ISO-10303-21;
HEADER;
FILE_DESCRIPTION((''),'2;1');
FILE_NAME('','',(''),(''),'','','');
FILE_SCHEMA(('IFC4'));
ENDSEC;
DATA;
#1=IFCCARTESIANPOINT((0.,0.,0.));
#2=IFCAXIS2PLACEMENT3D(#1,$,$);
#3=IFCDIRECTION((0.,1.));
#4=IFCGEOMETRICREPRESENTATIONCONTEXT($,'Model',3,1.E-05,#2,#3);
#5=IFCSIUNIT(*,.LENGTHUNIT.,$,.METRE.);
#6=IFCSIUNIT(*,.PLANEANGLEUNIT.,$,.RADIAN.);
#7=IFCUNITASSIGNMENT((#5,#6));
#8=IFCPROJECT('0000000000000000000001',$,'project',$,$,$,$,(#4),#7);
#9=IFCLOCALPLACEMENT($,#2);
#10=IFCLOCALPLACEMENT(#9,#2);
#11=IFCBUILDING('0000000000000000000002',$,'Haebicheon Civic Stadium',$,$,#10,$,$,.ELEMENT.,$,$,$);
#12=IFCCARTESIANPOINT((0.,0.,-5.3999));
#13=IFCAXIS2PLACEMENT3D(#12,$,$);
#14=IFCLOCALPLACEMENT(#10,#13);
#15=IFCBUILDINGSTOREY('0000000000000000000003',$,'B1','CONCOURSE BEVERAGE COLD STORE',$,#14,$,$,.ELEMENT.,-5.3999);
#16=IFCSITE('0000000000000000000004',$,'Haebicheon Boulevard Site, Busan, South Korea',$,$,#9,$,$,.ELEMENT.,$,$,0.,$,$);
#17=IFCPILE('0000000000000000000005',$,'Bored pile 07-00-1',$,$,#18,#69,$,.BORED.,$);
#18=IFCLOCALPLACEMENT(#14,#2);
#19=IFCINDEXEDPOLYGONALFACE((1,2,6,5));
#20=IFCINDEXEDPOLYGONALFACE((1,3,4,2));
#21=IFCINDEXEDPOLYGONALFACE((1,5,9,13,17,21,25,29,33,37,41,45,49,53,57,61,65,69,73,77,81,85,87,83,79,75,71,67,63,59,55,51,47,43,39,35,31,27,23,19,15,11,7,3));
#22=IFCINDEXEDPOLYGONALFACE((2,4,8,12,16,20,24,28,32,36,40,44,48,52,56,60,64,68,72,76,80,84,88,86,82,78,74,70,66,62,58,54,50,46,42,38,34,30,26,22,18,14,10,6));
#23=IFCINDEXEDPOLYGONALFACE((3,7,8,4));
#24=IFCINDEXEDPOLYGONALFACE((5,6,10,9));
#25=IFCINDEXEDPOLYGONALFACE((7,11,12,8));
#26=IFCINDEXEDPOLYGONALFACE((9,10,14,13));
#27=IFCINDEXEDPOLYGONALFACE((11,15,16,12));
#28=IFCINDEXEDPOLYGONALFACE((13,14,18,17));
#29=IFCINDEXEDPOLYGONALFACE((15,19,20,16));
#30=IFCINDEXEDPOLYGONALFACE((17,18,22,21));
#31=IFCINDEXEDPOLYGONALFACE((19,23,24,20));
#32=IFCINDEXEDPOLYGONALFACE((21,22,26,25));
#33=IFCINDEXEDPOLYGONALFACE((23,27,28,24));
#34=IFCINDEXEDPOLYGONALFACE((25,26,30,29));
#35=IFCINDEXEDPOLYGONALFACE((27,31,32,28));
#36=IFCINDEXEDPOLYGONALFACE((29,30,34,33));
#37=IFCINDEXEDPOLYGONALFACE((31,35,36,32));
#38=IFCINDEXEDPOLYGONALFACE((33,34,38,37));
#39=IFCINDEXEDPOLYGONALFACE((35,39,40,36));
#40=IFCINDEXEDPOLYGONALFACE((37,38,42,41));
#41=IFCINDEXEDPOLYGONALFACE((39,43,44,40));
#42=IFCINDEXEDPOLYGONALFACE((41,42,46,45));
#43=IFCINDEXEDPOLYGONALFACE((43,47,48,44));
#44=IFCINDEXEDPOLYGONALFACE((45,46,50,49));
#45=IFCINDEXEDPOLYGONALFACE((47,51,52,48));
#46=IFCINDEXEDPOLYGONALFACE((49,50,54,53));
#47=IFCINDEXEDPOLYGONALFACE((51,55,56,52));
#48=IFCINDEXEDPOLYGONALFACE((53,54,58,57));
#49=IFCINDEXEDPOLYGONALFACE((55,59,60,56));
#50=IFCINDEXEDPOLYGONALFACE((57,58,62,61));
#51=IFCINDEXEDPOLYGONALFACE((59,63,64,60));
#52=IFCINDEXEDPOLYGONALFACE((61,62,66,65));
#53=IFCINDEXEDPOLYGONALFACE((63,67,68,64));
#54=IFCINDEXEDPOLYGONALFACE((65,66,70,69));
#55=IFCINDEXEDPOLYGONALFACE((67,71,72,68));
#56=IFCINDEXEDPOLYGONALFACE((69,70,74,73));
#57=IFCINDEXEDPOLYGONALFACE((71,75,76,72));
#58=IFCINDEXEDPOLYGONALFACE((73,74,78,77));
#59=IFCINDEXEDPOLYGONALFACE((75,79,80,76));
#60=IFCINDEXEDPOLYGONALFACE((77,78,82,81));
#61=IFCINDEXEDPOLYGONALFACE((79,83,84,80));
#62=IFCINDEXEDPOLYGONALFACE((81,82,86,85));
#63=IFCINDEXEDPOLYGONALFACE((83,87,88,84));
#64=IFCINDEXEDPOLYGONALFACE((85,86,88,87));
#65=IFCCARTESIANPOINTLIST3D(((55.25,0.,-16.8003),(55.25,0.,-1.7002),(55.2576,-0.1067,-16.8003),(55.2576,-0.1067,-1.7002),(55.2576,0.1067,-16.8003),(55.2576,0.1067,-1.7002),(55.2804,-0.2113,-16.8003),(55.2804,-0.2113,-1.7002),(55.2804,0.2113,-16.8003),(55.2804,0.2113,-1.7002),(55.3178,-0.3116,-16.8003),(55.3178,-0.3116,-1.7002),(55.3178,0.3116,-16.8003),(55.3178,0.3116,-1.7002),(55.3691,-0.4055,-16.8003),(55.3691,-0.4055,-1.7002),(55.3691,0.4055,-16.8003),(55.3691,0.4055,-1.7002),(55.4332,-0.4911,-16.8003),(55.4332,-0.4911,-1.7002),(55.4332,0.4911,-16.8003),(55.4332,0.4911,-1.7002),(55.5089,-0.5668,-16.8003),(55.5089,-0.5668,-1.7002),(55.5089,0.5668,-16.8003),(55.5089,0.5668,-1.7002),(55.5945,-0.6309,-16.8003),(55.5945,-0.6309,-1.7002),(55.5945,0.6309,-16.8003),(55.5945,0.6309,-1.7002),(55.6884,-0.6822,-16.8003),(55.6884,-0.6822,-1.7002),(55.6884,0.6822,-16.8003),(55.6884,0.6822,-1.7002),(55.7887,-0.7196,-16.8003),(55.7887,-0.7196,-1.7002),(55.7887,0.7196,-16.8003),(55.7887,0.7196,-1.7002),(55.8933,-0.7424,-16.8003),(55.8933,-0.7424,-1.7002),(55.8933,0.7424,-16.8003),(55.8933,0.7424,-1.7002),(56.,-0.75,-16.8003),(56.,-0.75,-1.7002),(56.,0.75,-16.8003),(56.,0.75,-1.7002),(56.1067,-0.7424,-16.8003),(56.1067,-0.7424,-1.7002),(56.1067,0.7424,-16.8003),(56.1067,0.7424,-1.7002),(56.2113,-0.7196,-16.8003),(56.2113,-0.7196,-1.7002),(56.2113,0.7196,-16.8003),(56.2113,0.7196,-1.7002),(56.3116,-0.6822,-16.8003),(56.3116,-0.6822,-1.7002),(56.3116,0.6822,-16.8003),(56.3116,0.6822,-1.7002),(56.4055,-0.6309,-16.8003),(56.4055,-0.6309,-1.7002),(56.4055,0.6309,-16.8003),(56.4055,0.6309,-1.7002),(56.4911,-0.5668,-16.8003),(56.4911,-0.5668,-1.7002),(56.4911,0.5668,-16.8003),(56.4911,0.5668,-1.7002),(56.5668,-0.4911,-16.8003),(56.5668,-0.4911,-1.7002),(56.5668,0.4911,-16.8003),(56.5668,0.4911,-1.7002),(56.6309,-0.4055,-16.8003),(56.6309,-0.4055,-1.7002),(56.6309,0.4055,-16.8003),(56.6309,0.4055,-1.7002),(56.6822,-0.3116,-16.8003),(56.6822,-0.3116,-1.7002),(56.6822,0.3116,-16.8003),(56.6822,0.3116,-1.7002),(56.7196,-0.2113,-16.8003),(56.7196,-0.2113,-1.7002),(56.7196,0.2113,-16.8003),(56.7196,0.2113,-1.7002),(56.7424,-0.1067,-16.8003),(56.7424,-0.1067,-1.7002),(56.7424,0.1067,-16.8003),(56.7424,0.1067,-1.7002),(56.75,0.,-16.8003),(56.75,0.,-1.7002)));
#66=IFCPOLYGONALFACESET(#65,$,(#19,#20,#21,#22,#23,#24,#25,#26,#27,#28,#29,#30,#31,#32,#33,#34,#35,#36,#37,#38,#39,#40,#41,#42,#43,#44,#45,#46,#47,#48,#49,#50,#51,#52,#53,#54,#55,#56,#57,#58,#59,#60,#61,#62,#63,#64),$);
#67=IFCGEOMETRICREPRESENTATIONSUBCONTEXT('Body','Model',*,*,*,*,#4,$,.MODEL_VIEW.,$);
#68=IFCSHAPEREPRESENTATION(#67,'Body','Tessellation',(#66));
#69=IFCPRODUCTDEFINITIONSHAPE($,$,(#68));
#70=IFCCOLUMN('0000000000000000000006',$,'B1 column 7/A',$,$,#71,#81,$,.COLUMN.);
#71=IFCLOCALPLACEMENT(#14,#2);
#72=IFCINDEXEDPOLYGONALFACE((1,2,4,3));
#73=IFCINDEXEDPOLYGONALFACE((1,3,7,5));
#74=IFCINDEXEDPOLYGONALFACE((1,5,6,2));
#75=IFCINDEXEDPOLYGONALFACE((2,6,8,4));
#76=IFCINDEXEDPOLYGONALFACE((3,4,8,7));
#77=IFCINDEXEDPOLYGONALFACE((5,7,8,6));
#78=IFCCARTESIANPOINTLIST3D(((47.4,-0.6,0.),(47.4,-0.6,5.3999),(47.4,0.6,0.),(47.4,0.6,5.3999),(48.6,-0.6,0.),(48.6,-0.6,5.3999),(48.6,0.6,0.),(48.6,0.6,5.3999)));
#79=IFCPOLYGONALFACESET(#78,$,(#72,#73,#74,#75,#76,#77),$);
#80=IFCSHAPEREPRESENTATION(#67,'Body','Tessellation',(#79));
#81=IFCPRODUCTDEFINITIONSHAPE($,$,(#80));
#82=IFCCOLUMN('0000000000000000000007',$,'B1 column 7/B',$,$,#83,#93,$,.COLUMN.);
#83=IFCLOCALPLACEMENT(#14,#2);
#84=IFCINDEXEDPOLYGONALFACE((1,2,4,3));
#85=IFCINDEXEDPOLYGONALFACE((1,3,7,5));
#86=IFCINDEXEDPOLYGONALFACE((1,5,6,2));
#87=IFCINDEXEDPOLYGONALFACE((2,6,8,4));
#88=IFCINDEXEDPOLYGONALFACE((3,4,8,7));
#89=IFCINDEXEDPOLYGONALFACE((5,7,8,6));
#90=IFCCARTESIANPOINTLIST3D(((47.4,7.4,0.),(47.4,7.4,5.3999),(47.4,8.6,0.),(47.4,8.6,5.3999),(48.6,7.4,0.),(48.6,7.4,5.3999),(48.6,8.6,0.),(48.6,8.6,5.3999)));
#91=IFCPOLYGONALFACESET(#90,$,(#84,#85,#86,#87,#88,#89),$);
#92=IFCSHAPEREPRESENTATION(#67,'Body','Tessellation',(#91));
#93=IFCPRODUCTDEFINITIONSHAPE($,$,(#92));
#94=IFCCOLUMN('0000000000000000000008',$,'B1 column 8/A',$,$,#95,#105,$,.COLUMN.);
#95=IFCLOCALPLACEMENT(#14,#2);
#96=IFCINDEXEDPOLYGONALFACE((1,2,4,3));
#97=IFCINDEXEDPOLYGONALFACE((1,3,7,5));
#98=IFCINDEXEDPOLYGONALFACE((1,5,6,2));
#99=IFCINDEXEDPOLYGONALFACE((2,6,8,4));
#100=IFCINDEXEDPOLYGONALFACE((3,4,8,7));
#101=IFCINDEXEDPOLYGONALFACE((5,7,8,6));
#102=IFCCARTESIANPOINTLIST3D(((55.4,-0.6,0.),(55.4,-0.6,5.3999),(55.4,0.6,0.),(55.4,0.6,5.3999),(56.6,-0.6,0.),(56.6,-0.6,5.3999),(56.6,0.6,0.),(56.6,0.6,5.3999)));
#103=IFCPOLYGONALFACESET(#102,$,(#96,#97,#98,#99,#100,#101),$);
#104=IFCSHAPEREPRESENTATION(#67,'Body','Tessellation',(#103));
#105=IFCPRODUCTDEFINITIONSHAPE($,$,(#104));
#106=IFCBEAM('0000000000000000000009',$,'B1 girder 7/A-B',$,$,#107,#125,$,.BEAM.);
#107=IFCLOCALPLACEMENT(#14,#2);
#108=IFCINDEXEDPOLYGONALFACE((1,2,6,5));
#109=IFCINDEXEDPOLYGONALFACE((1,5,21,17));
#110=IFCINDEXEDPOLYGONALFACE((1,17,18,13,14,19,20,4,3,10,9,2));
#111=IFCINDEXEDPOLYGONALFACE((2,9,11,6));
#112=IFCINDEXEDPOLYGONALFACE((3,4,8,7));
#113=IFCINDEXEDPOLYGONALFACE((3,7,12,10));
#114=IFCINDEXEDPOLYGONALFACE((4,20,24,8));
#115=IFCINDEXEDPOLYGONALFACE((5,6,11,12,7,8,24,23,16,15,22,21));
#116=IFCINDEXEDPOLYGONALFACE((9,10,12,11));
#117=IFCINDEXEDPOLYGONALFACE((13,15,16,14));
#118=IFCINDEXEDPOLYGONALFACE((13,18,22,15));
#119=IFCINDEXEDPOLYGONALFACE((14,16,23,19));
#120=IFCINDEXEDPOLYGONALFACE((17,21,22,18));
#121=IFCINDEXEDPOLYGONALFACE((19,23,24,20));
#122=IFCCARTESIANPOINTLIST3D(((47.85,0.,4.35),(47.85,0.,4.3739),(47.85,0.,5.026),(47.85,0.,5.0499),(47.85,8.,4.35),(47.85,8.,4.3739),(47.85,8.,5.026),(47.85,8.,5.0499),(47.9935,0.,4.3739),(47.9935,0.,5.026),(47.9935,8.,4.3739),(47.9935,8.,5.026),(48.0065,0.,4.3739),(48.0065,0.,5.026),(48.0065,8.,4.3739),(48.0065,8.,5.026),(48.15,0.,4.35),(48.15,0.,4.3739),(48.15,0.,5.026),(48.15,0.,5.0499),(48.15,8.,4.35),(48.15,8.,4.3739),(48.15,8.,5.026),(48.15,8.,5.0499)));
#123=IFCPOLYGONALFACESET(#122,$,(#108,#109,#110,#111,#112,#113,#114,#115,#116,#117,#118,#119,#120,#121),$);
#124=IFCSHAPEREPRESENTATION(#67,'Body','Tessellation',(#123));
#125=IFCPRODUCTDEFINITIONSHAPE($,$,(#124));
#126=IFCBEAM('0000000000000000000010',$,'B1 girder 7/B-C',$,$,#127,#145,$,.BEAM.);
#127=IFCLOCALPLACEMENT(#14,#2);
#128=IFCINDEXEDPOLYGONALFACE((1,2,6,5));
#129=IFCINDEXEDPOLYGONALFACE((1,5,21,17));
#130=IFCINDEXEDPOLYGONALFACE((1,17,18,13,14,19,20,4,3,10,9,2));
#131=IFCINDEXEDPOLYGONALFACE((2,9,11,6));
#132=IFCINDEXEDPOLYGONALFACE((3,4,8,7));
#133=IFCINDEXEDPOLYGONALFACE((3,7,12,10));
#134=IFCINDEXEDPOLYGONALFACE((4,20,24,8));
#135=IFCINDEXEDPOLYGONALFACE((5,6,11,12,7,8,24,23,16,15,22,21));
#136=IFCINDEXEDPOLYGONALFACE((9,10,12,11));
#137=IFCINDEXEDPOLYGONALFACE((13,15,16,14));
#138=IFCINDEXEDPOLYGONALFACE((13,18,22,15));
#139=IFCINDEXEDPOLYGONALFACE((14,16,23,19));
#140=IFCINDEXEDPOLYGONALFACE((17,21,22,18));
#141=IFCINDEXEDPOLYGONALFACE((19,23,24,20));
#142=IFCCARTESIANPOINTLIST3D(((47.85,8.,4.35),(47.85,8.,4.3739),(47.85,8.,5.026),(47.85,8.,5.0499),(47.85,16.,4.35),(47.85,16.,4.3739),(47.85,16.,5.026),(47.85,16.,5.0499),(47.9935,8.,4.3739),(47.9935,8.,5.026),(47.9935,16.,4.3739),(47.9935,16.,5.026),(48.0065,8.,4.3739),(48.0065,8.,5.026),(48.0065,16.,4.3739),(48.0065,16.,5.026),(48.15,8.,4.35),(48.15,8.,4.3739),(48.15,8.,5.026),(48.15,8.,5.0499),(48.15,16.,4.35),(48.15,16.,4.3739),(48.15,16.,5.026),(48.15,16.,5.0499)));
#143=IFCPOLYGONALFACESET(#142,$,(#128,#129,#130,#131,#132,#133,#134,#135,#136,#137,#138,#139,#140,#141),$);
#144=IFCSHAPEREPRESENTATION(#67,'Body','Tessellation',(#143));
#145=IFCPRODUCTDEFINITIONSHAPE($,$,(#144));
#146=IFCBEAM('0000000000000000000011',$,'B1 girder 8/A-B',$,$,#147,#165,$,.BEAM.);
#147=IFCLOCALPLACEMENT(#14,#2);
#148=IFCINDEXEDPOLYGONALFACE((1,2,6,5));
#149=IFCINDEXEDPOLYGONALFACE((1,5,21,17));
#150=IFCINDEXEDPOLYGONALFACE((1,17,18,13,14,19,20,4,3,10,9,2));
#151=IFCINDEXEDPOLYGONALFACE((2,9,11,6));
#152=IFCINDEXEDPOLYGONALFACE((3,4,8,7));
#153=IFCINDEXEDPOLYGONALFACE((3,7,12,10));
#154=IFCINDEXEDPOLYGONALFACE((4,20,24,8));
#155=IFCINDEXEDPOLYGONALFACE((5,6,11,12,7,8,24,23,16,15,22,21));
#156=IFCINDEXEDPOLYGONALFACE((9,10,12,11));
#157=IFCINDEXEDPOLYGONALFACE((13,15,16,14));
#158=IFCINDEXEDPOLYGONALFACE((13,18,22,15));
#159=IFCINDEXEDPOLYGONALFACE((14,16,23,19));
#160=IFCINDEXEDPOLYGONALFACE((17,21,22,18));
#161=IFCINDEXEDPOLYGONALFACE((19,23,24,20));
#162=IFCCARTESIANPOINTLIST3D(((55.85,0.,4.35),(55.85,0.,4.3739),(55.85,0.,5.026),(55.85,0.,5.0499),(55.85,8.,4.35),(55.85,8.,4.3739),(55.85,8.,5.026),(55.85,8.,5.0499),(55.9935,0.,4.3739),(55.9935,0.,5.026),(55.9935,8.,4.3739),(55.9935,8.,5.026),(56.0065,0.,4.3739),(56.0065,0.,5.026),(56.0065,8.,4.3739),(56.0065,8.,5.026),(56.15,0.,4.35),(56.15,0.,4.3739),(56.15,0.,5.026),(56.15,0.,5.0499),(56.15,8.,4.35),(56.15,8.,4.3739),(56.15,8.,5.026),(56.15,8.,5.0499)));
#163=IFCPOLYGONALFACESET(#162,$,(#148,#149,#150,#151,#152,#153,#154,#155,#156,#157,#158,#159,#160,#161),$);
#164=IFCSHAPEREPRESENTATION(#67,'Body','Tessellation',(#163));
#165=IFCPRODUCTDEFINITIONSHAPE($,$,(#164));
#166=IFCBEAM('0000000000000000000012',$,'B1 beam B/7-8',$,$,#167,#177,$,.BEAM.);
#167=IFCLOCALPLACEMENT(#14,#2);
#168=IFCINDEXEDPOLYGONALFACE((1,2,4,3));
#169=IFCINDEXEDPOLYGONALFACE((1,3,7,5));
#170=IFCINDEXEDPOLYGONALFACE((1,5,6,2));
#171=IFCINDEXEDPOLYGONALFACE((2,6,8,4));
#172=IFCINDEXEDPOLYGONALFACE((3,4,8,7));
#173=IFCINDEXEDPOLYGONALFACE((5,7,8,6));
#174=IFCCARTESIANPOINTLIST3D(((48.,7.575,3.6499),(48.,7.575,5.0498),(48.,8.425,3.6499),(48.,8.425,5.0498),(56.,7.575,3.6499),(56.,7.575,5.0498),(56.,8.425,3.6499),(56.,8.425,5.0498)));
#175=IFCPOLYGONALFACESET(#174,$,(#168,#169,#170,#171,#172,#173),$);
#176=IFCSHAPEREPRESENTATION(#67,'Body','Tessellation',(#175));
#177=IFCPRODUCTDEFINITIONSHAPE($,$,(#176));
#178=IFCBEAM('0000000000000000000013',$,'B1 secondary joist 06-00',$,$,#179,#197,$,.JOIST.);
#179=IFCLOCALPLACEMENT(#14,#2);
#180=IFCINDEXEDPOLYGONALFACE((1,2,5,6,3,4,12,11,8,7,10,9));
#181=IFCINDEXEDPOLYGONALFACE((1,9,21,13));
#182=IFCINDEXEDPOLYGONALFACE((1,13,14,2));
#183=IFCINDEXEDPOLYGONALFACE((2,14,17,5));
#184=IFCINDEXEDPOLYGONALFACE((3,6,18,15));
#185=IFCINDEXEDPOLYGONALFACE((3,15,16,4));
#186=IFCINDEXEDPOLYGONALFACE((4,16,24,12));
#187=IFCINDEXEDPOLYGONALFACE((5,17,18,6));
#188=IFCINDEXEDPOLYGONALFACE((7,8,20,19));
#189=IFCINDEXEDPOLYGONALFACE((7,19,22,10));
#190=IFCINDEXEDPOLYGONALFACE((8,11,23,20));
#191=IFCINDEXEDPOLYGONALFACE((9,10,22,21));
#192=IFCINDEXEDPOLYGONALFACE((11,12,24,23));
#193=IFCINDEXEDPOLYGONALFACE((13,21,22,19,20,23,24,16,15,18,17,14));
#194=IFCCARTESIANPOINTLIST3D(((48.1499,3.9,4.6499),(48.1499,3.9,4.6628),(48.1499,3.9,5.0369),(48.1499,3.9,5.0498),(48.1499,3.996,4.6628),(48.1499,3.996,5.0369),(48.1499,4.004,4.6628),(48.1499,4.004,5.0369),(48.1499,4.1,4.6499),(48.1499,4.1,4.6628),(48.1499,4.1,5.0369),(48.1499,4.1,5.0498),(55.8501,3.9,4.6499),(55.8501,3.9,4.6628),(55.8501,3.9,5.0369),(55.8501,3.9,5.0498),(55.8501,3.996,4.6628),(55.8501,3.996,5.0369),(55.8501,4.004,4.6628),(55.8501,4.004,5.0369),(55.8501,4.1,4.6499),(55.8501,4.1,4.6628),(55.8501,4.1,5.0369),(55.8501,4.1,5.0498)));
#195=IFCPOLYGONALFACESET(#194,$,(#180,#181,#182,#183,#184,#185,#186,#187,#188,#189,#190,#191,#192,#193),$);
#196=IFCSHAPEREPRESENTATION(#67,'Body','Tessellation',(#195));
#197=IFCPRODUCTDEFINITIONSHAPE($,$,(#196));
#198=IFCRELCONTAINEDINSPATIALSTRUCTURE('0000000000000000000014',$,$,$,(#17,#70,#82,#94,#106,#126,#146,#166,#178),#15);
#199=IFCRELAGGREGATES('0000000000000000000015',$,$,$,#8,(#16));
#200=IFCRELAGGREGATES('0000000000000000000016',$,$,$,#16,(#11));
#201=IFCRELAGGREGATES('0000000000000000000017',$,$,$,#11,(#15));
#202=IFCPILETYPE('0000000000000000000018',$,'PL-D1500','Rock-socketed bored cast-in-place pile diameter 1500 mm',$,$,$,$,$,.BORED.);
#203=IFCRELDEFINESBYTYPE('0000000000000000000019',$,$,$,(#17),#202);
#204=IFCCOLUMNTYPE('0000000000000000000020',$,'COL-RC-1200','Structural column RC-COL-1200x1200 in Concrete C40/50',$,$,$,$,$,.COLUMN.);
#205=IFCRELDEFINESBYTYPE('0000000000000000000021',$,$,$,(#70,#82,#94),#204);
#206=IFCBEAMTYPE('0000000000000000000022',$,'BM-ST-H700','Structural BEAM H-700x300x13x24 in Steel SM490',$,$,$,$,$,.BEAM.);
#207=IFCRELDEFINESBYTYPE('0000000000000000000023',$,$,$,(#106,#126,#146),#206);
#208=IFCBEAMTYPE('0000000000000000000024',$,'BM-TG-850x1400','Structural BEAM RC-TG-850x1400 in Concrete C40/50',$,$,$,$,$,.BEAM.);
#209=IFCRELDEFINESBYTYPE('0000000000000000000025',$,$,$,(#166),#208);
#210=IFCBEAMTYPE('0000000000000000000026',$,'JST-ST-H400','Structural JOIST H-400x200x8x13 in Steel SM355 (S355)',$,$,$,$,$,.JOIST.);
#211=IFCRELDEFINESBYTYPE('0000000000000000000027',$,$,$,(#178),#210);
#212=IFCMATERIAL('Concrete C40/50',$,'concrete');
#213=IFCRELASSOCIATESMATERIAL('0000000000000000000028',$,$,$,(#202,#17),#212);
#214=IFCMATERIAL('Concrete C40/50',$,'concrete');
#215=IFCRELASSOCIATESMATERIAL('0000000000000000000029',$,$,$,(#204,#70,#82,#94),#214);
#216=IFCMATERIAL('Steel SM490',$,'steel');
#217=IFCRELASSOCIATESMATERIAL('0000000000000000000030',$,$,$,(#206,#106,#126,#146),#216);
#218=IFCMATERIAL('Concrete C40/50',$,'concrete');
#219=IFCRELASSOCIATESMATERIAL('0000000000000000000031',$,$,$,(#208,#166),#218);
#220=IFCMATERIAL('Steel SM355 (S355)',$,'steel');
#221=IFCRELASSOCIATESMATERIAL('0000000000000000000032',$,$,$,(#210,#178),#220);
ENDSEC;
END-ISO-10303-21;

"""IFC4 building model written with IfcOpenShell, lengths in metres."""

from ifc_helpers import new_model, si_unit, direction, frame, origin, origin_2d, place, context, subcontext, project, spatial, rectangle, circle, i_section, extrude, material, material_profile, profile_set, type_object, element, save


model = new_model("IFC4")

# Units and contexts
model_context = context("Model", 3, precision=1e-05, world=origin(), true_north=direction((0.0, 1.0)))
body_context = subcontext(model_context, "Body", "Model", "MODEL_VIEW")
ifc_project = project(units=[si_unit("LENGTHUNIT", "METRE"), si_unit("PLANEANGLEUNIT", "RADIAN")], contexts=[model_context])

# Site, building, storey
site_placement = place(None, origin())
site = spatial("IfcSite", under=ifc_project, at=site_placement, Name="Haebicheon Boulevard Site, Busan, South Korea", CompositionType="ELEMENT", RefElevation=0.0)
building_placement = place(site_placement, origin())
building = spatial("IfcBuilding", under=site, at=building_placement, Name="Haebicheon Civic Stadium", CompositionType="ELEMENT")
storey_placement = place(building_placement, frame((0.0, 0.0, -5.3999)))
storey = spatial("IfcBuildingStorey", under=building, at=storey_placement, Name="B1", Description="CONCOURSE BEVERAGE COLD STORE", CompositionType="ELEMENT", Elevation=-5.3999)

# Pile
ifc_material_1 = material(Name="Concrete C40/50", Category="concrete")
ifc_material_profile_1 = material_profile(ifc_material_1, circle(Radius=0.75, at=origin_2d()), Name="PILE-D1500")
ifc_profile_set_1 = profile_set([ifc_material_profile_1], Name="Concrete C40/50")
pile_type_1 = type_object("IfcPileType", Name="PL-D1500", Description="Rock-socketed bored cast-in-place pile diameter 1500 mm", PredefinedType="BORED", material=ifc_profile_set_1)
for number, where, z_axis, x_axis, name in (
    (1, (56.0, 0.0, -1.7002), (0.0, 0.0, -1.0), (1.0, 0.0, 0.0), "Bored pile 07-00-1"),
):
    element("IfcPile", number, at=place(storey_placement, frame(where, z_axis=z_axis, x_axis=x_axis)), inside=storey, type_object=pile_type_1, material=ifc_profile_set_1, Name=name, PredefinedType="BORED", context=body_context, shape_type="SweptSolid", body=[
        extrude(circle(Radius=0.75, at=origin_2d()), origin(), (0.0, 0.0, 1.0), 15.1001),
    ])

# Columns
ifc_material_2 = material(Name="Concrete C40/50", Category="concrete")
ifc_material_profile_2 = material_profile(ifc_material_2, rectangle(XDim=1.2, YDim=1.2, at=origin_2d()), Name="RC-COL-1200x1200")
ifc_profile_set_2 = profile_set([ifc_material_profile_2], Name="Concrete C40/50")
column_type = type_object("IfcColumnType", Name="COL-RC-1200", Description="Structural column RC-COL-1200x1200 in Concrete C40/50", PredefinedType="COLUMN", material=ifc_profile_set_2)
for number, where, z_axis, x_axis, name in (
    (2, (48.0, 0.0, 0.0), (0.0, 0.0, 1.0), (1.0, 0.0, 0.0), "B1 column 7/A"),
    (3, (48.0, 8.0, 0.0), (0.0, 0.0, 1.0), (1.0, 0.0, 0.0), "B1 column 7/B"),
    (4, (56.0, 0.0, 0.0), (0.0, 0.0, 1.0), (1.0, 0.0, 0.0), "B1 column 8/A"),
):
    element("IfcColumn", number, at=place(storey_placement, frame(where, z_axis=z_axis, x_axis=x_axis)), inside=storey, type_object=column_type, material=ifc_profile_set_2, Name=name, PredefinedType="COLUMN", context=body_context, shape_type="SweptSolid", body=[
        extrude(rectangle(XDim=1.2, YDim=1.2, at=origin_2d()), origin(), (0.0, 0.0, 1.0), 5.3999),
    ])

# Beams
ifc_material_3 = material(Name="Steel SM490", Category="steel")
ifc_material_profile_3 = material_profile(ifc_material_3, i_section(OverallWidth=0.3, OverallDepth=0.7, WebThickness=0.0129, FlangeThickness=0.0239, at=origin_2d()), Name="H-700x300x13x24")
ifc_profile_set_3 = profile_set([ifc_material_profile_3], Name="Steel SM490")
beam_type_1 = type_object("IfcBeamType", Name="BM-ST-H700", Description="Structural BEAM H-700x300x13x24 in Steel SM490", PredefinedType="BEAM", material=ifc_profile_set_3)
for number, where, z_axis, x_axis, name in (
    (5, (48.0, 0.0, 4.7), (0.0, 1.0, 0.0), (-1.0, 0.0, 0.0), "B1 girder 7/A-B"),
    (6, (48.0, 8.0, 4.7), (0.0, 1.0, 0.0), (-1.0, 0.0, 0.0), "B1 girder 7/B-C"),
    (7, (56.0, 0.0, 4.7), (0.0, 1.0, 0.0), (-1.0, 0.0, 0.0), "B1 girder 8/A-B"),
):
    element("IfcBeam", number, at=place(storey_placement, frame(where, z_axis=z_axis, x_axis=x_axis)), inside=storey, type_object=beam_type_1, material=ifc_profile_set_3, Name=name, PredefinedType="BEAM", context=body_context, shape_type="SweptSolid", body=[
        extrude(i_section(OverallWidth=0.3, OverallDepth=0.7, WebThickness=0.0129, FlangeThickness=0.0239, at=origin_2d()), origin(), (0.0, 0.0, 1.0), 8.0),
    ])
ifc_material_4 = material(Name="Concrete C40/50", Category="concrete")
ifc_material_profile_4 = material_profile(ifc_material_4, rectangle(XDim=0.8501, YDim=1.3999, at=origin_2d()), Name="RC-TG-850x1400")
ifc_profile_set_4 = profile_set([ifc_material_profile_4], Name="Concrete C40/50")
beam_type_2 = type_object("IfcBeamType", Name="BM-TG-850x1400", Description="Structural BEAM RC-TG-850x1400 in Concrete C40/50", PredefinedType="BEAM", material=ifc_profile_set_4)
beam_1_placement = place(storey_placement, frame((48.0, 8.0, 4.3499), z_axis=(1.0, 0.0, 0.0), x_axis=(0.0, 1.0, 0.0)))
element("IfcBeam", 8, at=beam_1_placement, inside=storey, type_object=beam_type_2, material=ifc_profile_set_4, Name="B1 beam B/7-8", PredefinedType="BEAM", context=body_context, shape_type="SweptSolid", body=[
    extrude(rectangle(XDim=0.8501, YDim=1.3999, at=origin_2d()), origin(), (0.0, 0.0, 1.0), 8.0),
])
ifc_material_5 = material(Name="Steel SM355 (S355)", Category="steel")
ifc_material_profile_5 = material_profile(ifc_material_5, i_section(OverallWidth=0.2, OverallDepth=0.3999, WebThickness=0.0081, FlangeThickness=0.0129, at=origin_2d()), Name="H-400x200x8x13")
ifc_profile_set_5 = profile_set([ifc_material_profile_5], Name="Steel SM355 (S355)")
beam_type_3 = type_object("IfcBeamType", Name="JST-ST-H400", Description="Structural JOIST H-400x200x8x13 in Steel SM355 (S355)", PredefinedType="JOIST", material=ifc_profile_set_5)
beam_2_placement = place(storey_placement, frame((48.1499, 4.0, 4.8499), z_axis=(1.0, 0.0, 0.0), x_axis=(0.0, 1.0, 0.0)))
element("IfcBeam", 9, at=beam_2_placement, inside=storey, type_object=beam_type_3, material=ifc_profile_set_5, Name="B1 secondary joist 06-00", PredefinedType="JOIST", context=body_context, shape_type="SweptSolid", body=[
    extrude(i_section(OverallWidth=0.2, OverallDepth=0.3999, WebThickness=0.0081, FlangeThickness=0.0129, at=origin_2d()), origin(), (0.0, 0.0, 1.0), 7.7002),
])

save(model, "model.ifc")
